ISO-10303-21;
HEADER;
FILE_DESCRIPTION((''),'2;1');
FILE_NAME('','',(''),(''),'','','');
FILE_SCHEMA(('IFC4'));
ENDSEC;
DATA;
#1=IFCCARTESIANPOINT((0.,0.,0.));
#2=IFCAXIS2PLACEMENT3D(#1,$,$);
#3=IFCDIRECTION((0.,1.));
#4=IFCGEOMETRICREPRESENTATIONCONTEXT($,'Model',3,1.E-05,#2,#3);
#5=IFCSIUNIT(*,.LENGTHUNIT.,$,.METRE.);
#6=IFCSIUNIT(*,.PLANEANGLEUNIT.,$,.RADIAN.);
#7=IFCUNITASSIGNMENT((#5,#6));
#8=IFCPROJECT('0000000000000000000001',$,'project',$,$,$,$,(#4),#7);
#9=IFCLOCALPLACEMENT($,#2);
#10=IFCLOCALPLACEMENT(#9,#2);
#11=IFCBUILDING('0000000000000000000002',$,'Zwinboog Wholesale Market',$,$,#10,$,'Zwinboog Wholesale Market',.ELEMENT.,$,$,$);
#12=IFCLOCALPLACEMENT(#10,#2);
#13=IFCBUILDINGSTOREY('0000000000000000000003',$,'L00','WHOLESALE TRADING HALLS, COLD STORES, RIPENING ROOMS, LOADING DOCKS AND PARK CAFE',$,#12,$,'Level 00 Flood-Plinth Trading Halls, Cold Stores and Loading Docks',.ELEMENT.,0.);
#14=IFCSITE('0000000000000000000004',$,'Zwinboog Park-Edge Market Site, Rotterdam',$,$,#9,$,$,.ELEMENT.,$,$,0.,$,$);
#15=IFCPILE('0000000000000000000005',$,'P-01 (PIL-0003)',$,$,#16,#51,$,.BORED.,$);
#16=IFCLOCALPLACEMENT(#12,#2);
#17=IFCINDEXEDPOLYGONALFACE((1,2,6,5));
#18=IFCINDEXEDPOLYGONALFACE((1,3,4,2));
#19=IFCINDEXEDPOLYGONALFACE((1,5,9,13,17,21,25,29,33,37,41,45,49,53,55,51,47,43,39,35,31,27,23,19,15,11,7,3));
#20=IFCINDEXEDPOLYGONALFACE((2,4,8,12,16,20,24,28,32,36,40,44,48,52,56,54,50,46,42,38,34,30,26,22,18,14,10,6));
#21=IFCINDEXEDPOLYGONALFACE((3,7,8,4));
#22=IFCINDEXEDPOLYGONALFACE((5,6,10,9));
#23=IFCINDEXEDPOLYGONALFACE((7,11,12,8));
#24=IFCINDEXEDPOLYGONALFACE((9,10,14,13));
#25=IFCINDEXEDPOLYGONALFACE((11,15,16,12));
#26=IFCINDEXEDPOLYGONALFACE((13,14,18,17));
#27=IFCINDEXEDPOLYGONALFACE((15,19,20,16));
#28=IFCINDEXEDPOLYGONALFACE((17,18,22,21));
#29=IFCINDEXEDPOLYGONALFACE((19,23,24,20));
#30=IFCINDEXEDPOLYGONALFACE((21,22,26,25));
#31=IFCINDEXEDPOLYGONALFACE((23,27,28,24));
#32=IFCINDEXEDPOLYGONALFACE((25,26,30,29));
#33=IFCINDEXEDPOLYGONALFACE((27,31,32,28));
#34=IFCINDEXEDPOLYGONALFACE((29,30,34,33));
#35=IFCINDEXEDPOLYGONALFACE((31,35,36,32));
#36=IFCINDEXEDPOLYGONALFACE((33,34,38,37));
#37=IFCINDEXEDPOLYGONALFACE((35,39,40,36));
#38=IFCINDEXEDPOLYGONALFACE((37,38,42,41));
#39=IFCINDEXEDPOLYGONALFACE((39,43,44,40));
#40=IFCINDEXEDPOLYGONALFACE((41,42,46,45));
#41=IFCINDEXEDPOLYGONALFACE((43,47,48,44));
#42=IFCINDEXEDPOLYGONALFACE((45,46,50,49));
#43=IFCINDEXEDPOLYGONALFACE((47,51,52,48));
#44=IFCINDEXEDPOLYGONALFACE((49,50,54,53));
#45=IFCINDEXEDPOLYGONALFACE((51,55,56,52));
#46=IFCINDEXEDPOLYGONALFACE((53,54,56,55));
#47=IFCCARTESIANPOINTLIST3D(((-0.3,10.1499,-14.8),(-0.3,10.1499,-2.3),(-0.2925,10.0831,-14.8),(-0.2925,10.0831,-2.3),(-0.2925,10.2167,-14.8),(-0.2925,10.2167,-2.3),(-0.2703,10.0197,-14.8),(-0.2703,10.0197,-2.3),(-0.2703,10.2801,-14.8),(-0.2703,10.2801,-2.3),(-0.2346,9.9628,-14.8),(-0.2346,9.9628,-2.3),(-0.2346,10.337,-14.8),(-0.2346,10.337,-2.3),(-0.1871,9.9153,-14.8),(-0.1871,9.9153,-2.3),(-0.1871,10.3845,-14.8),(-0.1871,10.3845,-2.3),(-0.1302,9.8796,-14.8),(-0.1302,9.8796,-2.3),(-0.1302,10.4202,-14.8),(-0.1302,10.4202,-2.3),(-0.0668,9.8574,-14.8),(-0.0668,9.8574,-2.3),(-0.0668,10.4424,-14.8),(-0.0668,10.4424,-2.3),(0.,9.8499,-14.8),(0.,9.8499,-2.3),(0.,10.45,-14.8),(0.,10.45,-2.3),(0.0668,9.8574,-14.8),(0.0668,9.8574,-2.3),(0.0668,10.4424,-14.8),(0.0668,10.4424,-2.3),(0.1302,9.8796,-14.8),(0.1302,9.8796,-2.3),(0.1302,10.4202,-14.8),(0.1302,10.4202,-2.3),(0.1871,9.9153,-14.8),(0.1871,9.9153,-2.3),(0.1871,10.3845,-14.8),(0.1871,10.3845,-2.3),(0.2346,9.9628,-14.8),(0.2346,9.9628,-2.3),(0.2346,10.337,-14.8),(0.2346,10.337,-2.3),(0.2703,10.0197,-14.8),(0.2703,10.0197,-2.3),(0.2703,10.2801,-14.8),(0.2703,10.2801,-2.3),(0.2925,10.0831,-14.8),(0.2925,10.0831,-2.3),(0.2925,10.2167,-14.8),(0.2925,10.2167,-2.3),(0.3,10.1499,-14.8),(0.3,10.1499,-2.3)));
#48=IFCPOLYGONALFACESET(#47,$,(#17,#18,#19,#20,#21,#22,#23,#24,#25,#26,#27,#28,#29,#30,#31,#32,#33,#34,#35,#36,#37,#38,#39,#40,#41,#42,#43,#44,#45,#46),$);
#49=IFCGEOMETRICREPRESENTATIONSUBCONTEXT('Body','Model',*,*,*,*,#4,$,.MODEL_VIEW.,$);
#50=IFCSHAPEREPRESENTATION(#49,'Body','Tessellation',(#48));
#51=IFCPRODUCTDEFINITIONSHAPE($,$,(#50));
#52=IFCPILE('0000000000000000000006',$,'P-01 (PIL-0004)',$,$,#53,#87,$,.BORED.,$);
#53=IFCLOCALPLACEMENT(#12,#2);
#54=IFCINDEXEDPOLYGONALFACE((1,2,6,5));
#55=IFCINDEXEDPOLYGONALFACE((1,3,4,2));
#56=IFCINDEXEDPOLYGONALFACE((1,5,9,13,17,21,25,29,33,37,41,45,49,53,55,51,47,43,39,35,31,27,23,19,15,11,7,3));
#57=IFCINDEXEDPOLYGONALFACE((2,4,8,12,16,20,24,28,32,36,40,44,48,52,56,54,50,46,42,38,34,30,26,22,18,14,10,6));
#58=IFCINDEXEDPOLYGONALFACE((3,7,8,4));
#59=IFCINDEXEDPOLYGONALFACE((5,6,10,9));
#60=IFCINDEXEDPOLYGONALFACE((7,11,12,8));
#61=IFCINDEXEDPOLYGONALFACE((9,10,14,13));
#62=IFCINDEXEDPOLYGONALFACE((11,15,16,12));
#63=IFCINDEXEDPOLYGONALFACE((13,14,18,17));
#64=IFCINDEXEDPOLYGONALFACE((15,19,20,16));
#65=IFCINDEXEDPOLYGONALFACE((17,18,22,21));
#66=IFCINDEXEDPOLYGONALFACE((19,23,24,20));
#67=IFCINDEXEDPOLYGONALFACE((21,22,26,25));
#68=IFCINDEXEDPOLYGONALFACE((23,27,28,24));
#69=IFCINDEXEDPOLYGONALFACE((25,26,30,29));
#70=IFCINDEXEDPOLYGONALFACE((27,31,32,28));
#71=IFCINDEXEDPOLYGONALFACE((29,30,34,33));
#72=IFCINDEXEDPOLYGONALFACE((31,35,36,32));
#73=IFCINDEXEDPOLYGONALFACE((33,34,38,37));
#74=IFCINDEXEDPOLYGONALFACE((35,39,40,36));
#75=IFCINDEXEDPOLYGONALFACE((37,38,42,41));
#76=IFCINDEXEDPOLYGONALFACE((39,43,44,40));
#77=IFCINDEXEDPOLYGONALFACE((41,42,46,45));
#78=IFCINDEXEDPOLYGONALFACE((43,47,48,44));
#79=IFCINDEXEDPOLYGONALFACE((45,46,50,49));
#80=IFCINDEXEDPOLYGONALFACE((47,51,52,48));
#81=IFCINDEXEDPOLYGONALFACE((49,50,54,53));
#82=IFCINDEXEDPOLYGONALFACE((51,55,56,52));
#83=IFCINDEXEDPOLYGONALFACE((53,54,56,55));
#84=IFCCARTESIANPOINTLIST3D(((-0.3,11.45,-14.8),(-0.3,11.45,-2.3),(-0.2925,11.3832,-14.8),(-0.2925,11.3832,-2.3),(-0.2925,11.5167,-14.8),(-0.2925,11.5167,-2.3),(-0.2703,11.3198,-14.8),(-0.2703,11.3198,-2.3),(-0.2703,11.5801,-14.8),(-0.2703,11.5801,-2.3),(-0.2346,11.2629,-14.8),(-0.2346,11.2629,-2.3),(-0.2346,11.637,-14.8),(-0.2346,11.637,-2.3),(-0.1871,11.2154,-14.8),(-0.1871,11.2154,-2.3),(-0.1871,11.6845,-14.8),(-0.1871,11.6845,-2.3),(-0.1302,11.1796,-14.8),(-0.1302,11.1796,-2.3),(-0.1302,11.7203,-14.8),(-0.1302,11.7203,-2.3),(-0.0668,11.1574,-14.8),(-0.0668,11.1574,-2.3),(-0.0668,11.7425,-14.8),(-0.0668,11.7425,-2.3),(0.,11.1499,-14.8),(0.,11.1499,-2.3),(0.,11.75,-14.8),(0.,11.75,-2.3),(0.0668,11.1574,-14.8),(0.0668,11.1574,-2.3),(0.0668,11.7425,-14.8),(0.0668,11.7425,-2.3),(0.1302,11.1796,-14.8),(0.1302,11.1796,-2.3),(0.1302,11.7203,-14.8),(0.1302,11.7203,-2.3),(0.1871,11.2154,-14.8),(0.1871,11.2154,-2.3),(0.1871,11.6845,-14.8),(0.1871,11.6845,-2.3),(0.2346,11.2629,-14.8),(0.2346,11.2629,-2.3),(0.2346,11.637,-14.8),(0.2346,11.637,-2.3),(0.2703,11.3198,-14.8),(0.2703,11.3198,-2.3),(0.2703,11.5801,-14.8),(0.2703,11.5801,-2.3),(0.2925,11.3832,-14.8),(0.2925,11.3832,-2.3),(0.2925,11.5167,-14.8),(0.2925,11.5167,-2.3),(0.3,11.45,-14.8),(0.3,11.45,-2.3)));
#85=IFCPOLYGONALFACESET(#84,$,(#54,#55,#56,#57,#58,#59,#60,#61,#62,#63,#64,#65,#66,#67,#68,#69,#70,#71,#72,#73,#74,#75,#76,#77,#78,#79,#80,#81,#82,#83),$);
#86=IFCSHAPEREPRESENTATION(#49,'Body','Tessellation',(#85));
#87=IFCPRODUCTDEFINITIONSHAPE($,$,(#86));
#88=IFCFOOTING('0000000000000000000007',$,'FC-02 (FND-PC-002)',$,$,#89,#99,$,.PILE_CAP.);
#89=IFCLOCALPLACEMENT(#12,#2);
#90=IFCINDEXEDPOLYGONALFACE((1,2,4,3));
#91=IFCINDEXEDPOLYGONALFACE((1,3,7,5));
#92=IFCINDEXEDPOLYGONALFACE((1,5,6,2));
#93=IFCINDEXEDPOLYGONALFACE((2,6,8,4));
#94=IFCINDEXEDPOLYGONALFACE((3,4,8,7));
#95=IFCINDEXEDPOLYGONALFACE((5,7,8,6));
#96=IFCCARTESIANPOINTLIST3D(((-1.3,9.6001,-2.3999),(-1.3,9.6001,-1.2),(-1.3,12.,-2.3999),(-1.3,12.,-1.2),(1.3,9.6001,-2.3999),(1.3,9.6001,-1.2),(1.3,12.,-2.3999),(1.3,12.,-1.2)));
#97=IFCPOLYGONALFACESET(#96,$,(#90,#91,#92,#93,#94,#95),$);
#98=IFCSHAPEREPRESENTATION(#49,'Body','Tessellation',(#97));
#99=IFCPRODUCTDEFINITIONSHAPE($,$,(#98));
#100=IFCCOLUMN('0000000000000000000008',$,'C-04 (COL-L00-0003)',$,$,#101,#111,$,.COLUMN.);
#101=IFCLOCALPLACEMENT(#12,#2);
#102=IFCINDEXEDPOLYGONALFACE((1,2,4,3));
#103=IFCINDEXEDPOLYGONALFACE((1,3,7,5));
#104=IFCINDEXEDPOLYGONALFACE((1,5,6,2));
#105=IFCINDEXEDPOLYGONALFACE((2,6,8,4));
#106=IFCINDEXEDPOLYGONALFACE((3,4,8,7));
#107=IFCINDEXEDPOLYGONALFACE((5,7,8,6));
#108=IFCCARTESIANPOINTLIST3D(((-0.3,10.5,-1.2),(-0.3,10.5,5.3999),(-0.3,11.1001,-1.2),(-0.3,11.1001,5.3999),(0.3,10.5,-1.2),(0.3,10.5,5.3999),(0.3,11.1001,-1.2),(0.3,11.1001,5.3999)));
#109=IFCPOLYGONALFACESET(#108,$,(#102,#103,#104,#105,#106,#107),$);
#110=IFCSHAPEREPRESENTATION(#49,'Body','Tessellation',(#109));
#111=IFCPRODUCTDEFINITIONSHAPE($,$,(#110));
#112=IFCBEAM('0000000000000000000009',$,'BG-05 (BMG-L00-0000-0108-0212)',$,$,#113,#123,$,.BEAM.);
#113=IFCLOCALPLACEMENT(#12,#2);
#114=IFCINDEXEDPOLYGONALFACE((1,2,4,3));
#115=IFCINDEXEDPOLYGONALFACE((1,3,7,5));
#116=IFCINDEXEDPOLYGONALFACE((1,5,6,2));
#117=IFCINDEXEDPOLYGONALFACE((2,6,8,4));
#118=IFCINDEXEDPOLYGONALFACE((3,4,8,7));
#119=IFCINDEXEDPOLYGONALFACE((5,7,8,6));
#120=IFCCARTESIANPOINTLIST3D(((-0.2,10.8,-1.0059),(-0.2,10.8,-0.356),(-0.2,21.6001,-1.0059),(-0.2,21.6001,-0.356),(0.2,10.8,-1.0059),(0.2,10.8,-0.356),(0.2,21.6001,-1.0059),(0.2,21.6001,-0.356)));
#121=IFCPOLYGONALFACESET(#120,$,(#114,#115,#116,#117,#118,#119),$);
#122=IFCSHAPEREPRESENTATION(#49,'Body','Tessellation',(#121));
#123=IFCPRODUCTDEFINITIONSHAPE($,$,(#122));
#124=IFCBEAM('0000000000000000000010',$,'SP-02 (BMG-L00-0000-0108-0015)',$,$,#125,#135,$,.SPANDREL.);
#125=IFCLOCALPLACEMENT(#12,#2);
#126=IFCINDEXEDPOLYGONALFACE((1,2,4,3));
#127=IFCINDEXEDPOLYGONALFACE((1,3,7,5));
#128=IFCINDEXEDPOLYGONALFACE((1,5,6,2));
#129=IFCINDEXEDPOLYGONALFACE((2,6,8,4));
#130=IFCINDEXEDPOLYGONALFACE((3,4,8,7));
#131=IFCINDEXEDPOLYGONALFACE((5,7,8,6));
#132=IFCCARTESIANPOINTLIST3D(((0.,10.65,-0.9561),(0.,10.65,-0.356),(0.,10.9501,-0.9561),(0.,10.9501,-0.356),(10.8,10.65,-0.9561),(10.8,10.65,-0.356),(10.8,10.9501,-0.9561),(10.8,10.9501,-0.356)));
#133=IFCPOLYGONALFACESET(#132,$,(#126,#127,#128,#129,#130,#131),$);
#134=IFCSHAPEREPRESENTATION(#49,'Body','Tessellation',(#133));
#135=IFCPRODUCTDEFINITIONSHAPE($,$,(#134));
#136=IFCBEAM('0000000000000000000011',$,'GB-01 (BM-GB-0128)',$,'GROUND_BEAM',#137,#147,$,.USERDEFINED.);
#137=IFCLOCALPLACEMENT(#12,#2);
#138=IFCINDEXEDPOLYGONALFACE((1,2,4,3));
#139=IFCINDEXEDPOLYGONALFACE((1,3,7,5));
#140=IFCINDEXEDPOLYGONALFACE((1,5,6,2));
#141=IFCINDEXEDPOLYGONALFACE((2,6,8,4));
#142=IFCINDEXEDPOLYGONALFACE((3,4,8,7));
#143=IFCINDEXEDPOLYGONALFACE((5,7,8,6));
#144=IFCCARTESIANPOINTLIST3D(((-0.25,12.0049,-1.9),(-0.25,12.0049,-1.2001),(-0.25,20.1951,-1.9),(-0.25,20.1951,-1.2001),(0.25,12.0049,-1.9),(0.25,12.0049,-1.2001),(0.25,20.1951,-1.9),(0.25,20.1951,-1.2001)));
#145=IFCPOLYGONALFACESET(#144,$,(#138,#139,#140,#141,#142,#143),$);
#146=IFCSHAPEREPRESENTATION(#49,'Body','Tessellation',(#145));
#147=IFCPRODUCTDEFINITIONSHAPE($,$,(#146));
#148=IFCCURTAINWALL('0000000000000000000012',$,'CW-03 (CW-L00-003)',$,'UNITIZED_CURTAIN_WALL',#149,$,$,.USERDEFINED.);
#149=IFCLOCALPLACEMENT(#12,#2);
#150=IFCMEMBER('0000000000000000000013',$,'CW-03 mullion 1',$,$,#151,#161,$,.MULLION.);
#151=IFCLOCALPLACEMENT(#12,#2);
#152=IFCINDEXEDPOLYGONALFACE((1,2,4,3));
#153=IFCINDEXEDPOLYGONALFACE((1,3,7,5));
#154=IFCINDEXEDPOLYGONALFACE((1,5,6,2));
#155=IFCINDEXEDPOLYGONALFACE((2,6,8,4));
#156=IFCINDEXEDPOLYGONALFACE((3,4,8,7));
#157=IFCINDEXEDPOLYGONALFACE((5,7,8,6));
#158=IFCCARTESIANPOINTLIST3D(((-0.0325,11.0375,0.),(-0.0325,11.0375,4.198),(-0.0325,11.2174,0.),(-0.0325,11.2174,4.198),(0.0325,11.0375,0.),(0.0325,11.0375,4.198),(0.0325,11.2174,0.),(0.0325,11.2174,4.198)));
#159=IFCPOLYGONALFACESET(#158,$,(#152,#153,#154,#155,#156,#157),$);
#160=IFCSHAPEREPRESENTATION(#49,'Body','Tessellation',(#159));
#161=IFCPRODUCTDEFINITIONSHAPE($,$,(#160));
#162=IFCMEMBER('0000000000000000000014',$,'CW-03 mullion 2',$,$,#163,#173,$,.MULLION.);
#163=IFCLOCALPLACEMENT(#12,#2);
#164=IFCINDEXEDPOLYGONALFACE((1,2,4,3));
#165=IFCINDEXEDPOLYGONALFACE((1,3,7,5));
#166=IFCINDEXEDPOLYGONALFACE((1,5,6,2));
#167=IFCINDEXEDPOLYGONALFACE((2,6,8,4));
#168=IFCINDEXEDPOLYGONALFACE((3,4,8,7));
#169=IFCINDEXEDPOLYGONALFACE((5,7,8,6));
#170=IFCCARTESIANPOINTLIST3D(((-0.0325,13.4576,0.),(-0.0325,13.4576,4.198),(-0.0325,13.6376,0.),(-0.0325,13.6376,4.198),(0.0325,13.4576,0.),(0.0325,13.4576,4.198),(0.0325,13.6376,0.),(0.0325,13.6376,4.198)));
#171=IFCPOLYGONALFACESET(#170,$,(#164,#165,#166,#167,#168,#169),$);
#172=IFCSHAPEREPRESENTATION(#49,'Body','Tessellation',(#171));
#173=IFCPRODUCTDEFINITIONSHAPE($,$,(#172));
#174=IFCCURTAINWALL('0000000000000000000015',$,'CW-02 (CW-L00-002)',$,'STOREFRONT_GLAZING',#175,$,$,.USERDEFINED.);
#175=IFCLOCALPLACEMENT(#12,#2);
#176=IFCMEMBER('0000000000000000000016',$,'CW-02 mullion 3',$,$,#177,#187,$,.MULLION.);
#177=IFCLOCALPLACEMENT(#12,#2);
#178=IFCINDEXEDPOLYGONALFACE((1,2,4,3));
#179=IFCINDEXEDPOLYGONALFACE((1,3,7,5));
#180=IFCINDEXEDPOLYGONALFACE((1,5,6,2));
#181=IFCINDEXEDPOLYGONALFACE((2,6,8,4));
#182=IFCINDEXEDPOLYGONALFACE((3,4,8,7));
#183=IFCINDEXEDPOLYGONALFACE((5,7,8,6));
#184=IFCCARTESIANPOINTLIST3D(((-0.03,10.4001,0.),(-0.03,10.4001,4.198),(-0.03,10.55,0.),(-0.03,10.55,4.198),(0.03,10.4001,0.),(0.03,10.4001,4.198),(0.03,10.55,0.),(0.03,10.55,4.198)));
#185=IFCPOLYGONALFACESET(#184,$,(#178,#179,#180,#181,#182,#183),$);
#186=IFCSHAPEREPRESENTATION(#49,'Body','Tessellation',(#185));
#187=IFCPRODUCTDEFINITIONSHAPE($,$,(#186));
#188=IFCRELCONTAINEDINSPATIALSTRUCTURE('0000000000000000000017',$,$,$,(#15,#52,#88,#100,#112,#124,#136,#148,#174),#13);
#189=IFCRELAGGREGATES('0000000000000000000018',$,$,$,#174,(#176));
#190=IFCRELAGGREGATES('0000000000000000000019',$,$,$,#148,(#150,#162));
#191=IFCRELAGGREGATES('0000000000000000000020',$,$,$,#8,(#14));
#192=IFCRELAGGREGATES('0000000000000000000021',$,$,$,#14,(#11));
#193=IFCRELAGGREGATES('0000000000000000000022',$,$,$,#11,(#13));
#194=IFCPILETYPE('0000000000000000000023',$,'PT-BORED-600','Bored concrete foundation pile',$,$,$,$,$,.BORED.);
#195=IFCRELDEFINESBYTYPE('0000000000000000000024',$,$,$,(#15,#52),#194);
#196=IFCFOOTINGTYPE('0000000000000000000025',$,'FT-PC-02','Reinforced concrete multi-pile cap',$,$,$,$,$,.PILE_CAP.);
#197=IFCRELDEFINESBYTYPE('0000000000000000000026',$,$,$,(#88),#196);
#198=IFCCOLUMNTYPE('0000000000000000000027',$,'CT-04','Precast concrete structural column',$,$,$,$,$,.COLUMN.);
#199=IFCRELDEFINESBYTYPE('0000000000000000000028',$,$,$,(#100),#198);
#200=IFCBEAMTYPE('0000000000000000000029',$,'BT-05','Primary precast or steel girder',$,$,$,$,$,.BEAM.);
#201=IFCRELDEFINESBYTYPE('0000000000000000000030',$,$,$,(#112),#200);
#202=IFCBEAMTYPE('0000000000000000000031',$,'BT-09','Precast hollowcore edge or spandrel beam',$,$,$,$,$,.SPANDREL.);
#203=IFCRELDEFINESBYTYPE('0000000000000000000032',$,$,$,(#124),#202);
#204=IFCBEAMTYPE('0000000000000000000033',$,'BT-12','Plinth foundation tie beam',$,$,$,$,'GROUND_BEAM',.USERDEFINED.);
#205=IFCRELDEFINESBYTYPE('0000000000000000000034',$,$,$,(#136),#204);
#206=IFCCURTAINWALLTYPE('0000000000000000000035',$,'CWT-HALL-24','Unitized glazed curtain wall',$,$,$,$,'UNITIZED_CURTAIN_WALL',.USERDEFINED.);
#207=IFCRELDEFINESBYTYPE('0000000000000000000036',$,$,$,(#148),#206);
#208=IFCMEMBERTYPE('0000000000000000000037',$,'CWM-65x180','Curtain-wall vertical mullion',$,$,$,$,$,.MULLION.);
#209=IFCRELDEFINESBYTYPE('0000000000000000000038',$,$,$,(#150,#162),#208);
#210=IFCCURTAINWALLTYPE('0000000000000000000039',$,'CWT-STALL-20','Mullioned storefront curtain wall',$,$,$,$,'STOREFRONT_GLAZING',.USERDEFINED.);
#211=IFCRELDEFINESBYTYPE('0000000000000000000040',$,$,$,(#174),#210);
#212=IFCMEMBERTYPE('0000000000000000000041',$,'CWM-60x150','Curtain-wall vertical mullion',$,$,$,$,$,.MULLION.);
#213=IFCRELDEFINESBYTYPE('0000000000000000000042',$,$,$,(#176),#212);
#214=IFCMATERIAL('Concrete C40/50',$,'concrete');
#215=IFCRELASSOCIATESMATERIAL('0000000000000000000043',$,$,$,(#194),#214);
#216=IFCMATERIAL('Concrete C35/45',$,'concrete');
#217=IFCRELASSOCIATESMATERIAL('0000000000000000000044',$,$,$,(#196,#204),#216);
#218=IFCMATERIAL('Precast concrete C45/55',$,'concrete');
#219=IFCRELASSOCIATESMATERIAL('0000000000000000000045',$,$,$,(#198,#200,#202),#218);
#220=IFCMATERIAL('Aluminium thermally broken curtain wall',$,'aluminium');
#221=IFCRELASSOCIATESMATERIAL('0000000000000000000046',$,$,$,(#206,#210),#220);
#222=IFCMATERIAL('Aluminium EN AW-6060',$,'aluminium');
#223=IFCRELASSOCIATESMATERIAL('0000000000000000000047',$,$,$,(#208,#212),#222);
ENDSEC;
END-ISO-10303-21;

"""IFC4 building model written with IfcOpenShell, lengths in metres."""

from ifc_helpers import new_model, si_unit, direction, frame, origin, origin_2d, place, context, subcontext, project, spatial, rectangle, circle, extrude, material, material_profile, profile_set, type_object, element, aggregate, save


model = new_model("IFC4")

# Units and contexts
model_context = context("Model", 3, precision=1e-05, world=origin(), true_north=direction((0.0, 1.0)))
body_context = subcontext(model_context, "Body", "Model", "MODEL_VIEW")
ifc_project = project(units=[si_unit("LENGTHUNIT", "METRE"), si_unit("PLANEANGLEUNIT", "RADIAN")], contexts=[model_context])

# Site, building, storey
site_placement = place(None, origin())
site = spatial("IfcSite", under=ifc_project, at=site_placement, Name="Zwinboog Park-Edge Market Site, Rotterdam", CompositionType="ELEMENT", RefElevation=0.0)
building_placement = place(site_placement, origin())
building = spatial("IfcBuilding", under=site, at=building_placement, Name="Zwinboog Wholesale Market", LongName="Zwinboog Wholesale Market", CompositionType="ELEMENT")
storey_placement = place(building_placement, origin())
storey = spatial("IfcBuildingStorey", under=building, at=storey_placement, Name="L00", Description="WHOLESALE TRADING HALLS, COLD STORES, RIPENING ROOMS, LOADING DOCKS AND PARK CAFE", LongName="Level 00 Flood-Plinth Trading Halls, Cold Stores and Loading Docks", CompositionType="ELEMENT", Elevation=0.0)

# Piles
ifc_material_1 = material(Name="Concrete C40/50", Category="concrete")
ifc_material_profile_1 = material_profile(ifc_material_1, circle(Radius=0.3, at=origin_2d()), Name="PILE D600")
ifc_profile_set_1 = profile_set([ifc_material_profile_1], Name="Concrete C40/50")
pile_type = type_object("IfcPileType", Name="PT-BORED-600", Description="Bored concrete foundation pile", PredefinedType="BORED", material=ifc_profile_set_1)
for number, where, z_axis, x_axis, name in (
    (1, (0.0, 10.1499, -2.3), (0.0, 0.0, -1.0), (1.0, 0.0, 0.0), "P-01 (PIL-0003)"),
    (2, (0.0, 11.45, -2.3), (0.0, 0.0, -1.0), (1.0, 0.0, 0.0), "P-01 (PIL-0004)"),
):
    element("IfcPile", number, at=place(storey_placement, frame(where, z_axis=z_axis, x_axis=x_axis)), inside=storey, type_object=pile_type, Name=name, PredefinedType="BORED", context=body_context, shape_type="SweptSolid", body=[
        extrude(circle(Radius=0.3, at=origin_2d()), origin(), (0.0, 0.0, 1.0), 12.5),
    ])

# Footing
ifc_material_2 = material(Name="Concrete C35/45", Category="concrete")
footing_type = type_object("IfcFootingType", Name="FT-PC-02", Description="Reinforced concrete multi-pile cap", PredefinedType="PILE_CAP", material=ifc_material_2)
footing_placement = place(storey_placement, frame((0.0, 10.8, -2.3999), z_axis=(0.0, 0.0, 1.0), x_axis=(1.0, 0.0, 0.0)))
element("IfcFooting", 3, at=footing_placement, inside=storey, type_object=footing_type, Name="FC-02 (FND-PC-002)", PredefinedType="PILE_CAP", context=body_context, shape_type="SweptSolid", body=[
    extrude(rectangle(XDim=2.6001, YDim=2.3999, at=origin_2d()), origin(), (0.0, 0.0, 1.0), 1.2),
])

# Column
ifc_material_3 = material(Name="Precast concrete C45/55", Category="concrete")
ifc_material_profile_2 = material_profile(ifc_material_3, rectangle(XDim=0.6001, YDim=0.6001, at=origin_2d()), Name="PC 600x600")
ifc_profile_set_2 = profile_set([ifc_material_profile_2], Name="Precast concrete C45/55")
column_type = type_object("IfcColumnType", Name="CT-04", Description="Precast concrete structural column", PredefinedType="COLUMN", material=ifc_profile_set_2)
column_placement = place(storey_placement, frame((0.0, 10.8, -1.2), z_axis=(0.0, 0.0, 1.0), x_axis=(1.0, 0.0, 0.0)))
element("IfcColumn", 4, at=column_placement, inside=storey, type_object=column_type, Name="C-04 (COL-L00-0003)", PredefinedType="COLUMN", context=body_context, shape_type="SweptSolid", body=[
    extrude(rectangle(XDim=0.6001, YDim=0.6001, at=origin_2d()), origin(), (0.0, 0.0, 1.0), 6.5999),
])

# Beams
ifc_material_profile_3 = material_profile(ifc_material_3, rectangle(XDim=0.3999, YDim=0.6499, at=origin_2d()), Name="PC 400x650")
ifc_profile_set_3 = profile_set([ifc_material_profile_3], Name="Precast concrete C45/55")
beam_type_1 = type_object("IfcBeamType", Name="BT-05", Description="Primary precast or steel girder", PredefinedType="BEAM", material=ifc_profile_set_3)
beam_1_placement = place(storey_placement, frame((0.0, 10.8, -0.6809), z_axis=(0.0, 1.0, 0.0), x_axis=(-1.0, 0.0, 0.0)))
element("IfcBeam", 5, at=beam_1_placement, inside=storey, type_object=beam_type_1, Name="BG-05 (BMG-L00-0000-0108-0212)", PredefinedType="BEAM", context=body_context, shape_type="SweptSolid", body=[
    extrude(rectangle(XDim=0.3999, YDim=0.6499, at=origin_2d()), origin(), (0.0, 0.0, 1.0), 10.8),
])
ifc_material_profile_4 = material_profile(ifc_material_3, rectangle(XDim=0.3, YDim=0.6001, at=origin_2d()), Name="PC 300x600")
ifc_profile_set_4 = profile_set([ifc_material_profile_4], Name="Precast concrete C45/55")
beam_type_2 = type_object("IfcBeamType", Name="BT-09", Description="Precast hollowcore edge or spandrel beam", PredefinedType="SPANDREL", material=ifc_profile_set_4)
beam_2_placement = place(storey_placement, frame((0.0, 10.8, -0.656), z_axis=(1.0, 0.0, 0.0), x_axis=(0.0, 1.0, 0.0)))
element("IfcBeam", 6, at=beam_2_placement, inside=storey, type_object=beam_type_2, Name="SP-02 (BMG-L00-0000-0108-0015)", PredefinedType="SPANDREL", context=body_context, shape_type="SweptSolid", body=[
    extrude(rectangle(XDim=0.3, YDim=0.6001, at=origin_2d()), origin(), (0.0, 0.0, 1.0), 10.8),
])
ifc_material_profile_5 = material_profile(ifc_material_2, rectangle(XDim=0.5, YDim=0.7, at=origin_2d()), Name="RC 500x700")
ifc_profile_set_5 = profile_set([ifc_material_profile_5], Name="Concrete C35/45")
beam_type_3 = type_object("IfcBeamType", Name="BT-12", Description="Plinth foundation tie beam", ElementType="GROUND_BEAM", PredefinedType="USERDEFINED", material=ifc_profile_set_5)
beam_3_placement = place(storey_placement, frame((0.0, 12.0049, -1.55), z_axis=(0.0, 1.0, 0.0), x_axis=(-1.0, 0.0, 0.0)))
element("IfcBeam", 7, at=beam_3_placement, inside=storey, type_object=beam_type_3, Name="GB-01 (BM-GB-0128)", ObjectType="GROUND_BEAM", PredefinedType="USERDEFINED", context=body_context, shape_type="SweptSolid", body=[
    extrude(rectangle(XDim=0.5, YDim=0.7, at=origin_2d()), origin(), (0.0, 0.0, 1.0), 8.1902),
])

# Curtain wall, members
ifc_material_4 = material(Name="Aluminium thermally broken curtain wall", Category="aluminium")
curtain_wall_type_1 = type_object("IfcCurtainWallType", Name="CWT-HALL-24", Description="Unitized glazed curtain wall", ElementType="UNITIZED_CURTAIN_WALL", PredefinedType="USERDEFINED", material=ifc_material_4)
curtain_wall_1_placement = place(storey_placement, origin())
curtain_wall_1 = element("IfcCurtainWall", 8, at=curtain_wall_1_placement, inside=storey, type_object=curtain_wall_type_1, Name="CW-03 (CW-L00-003)", ObjectType="UNITIZED_CURTAIN_WALL", PredefinedType="USERDEFINED")
ifc_material_5 = material(Name="Aluminium EN AW-6060", Category="aluminium")
ifc_material_profile_6 = material_profile(ifc_material_5, rectangle(XDim=0.0649, YDim=0.1799, at=origin_2d()), Name="AL 65x180")
ifc_profile_set_6 = profile_set([ifc_material_profile_6], Name="Aluminium EN AW-6060")
member_type_1 = type_object("IfcMemberType", Name="CWM-65x180", Description="Curtain-wall vertical mullion", PredefinedType="MULLION", material=ifc_profile_set_6)
member_1_placement = place(storey_placement, frame((0.0, 11.1274, 0.0), z_axis=(0.0, 0.0, 1.0), x_axis=(-1.0, 0.0, 0.0)))
member_1 = element("IfcMember", 9, at=member_1_placement, type_object=member_type_1, Name="CW-03 mullion 1", PredefinedType="MULLION", context=body_context, shape_type="SweptSolid", body=[
    extrude(rectangle(XDim=0.0649, YDim=0.1799, at=origin_2d()), origin(), (0.0, 0.0, 1.0), 4.198),
])
member_2_placement = place(storey_placement, frame((0.0, 13.5476, 0.0), z_axis=(0.0, 0.0, 1.0), x_axis=(-1.0, 0.0, 0.0)))
member_2 = element("IfcMember", 10, at=member_2_placement, type_object=member_type_1, Name="CW-03 mullion 2", PredefinedType="MULLION", context=body_context, shape_type="SweptSolid", body=[
    extrude(rectangle(XDim=0.0649, YDim=0.1799, at=origin_2d()), origin(), (0.0, 0.0, 1.0), 4.198),
])

# Curtain wall, member
curtain_wall_type_2 = type_object("IfcCurtainWallType", Name="CWT-STALL-20", Description="Mullioned storefront curtain wall", ElementType="STOREFRONT_GLAZING", PredefinedType="USERDEFINED", material=ifc_material_4)
curtain_wall_2_placement = place(storey_placement, origin())
curtain_wall_2 = element("IfcCurtainWall", 11, at=curtain_wall_2_placement, inside=storey, type_object=curtain_wall_type_2, Name="CW-02 (CW-L00-002)", ObjectType="STOREFRONT_GLAZING", PredefinedType="USERDEFINED")
ifc_material_profile_7 = material_profile(ifc_material_5, rectangle(XDim=0.0601, YDim=0.1499, at=origin_2d()), Name="AL 60x150")
ifc_profile_set_7 = profile_set([ifc_material_profile_7], Name="Aluminium EN AW-6060")
member_type_2 = type_object("IfcMemberType", Name="CWM-60x150", Description="Curtain-wall vertical mullion", PredefinedType="MULLION", material=ifc_profile_set_7)
member_3_placement = place(storey_placement, frame((0.0, 10.4751, 0.0), z_axis=(0.0, 0.0, 1.0), x_axis=(-1.0, 0.0, 0.0)))
member_3 = element("IfcMember", 12, at=member_3_placement, type_object=member_type_2, Name="CW-02 mullion 3", PredefinedType="MULLION", context=body_context, shape_type="SweptSolid", body=[
    extrude(rectangle(XDim=0.0601, YDim=0.1499, at=origin_2d()), origin(), (0.0, 0.0, 1.0), 4.198),
])
aggregate(curtain_wall_2, [member_3])

aggregate(curtain_wall_1, [member_1, member_2])

save(model, "model.ifc")
